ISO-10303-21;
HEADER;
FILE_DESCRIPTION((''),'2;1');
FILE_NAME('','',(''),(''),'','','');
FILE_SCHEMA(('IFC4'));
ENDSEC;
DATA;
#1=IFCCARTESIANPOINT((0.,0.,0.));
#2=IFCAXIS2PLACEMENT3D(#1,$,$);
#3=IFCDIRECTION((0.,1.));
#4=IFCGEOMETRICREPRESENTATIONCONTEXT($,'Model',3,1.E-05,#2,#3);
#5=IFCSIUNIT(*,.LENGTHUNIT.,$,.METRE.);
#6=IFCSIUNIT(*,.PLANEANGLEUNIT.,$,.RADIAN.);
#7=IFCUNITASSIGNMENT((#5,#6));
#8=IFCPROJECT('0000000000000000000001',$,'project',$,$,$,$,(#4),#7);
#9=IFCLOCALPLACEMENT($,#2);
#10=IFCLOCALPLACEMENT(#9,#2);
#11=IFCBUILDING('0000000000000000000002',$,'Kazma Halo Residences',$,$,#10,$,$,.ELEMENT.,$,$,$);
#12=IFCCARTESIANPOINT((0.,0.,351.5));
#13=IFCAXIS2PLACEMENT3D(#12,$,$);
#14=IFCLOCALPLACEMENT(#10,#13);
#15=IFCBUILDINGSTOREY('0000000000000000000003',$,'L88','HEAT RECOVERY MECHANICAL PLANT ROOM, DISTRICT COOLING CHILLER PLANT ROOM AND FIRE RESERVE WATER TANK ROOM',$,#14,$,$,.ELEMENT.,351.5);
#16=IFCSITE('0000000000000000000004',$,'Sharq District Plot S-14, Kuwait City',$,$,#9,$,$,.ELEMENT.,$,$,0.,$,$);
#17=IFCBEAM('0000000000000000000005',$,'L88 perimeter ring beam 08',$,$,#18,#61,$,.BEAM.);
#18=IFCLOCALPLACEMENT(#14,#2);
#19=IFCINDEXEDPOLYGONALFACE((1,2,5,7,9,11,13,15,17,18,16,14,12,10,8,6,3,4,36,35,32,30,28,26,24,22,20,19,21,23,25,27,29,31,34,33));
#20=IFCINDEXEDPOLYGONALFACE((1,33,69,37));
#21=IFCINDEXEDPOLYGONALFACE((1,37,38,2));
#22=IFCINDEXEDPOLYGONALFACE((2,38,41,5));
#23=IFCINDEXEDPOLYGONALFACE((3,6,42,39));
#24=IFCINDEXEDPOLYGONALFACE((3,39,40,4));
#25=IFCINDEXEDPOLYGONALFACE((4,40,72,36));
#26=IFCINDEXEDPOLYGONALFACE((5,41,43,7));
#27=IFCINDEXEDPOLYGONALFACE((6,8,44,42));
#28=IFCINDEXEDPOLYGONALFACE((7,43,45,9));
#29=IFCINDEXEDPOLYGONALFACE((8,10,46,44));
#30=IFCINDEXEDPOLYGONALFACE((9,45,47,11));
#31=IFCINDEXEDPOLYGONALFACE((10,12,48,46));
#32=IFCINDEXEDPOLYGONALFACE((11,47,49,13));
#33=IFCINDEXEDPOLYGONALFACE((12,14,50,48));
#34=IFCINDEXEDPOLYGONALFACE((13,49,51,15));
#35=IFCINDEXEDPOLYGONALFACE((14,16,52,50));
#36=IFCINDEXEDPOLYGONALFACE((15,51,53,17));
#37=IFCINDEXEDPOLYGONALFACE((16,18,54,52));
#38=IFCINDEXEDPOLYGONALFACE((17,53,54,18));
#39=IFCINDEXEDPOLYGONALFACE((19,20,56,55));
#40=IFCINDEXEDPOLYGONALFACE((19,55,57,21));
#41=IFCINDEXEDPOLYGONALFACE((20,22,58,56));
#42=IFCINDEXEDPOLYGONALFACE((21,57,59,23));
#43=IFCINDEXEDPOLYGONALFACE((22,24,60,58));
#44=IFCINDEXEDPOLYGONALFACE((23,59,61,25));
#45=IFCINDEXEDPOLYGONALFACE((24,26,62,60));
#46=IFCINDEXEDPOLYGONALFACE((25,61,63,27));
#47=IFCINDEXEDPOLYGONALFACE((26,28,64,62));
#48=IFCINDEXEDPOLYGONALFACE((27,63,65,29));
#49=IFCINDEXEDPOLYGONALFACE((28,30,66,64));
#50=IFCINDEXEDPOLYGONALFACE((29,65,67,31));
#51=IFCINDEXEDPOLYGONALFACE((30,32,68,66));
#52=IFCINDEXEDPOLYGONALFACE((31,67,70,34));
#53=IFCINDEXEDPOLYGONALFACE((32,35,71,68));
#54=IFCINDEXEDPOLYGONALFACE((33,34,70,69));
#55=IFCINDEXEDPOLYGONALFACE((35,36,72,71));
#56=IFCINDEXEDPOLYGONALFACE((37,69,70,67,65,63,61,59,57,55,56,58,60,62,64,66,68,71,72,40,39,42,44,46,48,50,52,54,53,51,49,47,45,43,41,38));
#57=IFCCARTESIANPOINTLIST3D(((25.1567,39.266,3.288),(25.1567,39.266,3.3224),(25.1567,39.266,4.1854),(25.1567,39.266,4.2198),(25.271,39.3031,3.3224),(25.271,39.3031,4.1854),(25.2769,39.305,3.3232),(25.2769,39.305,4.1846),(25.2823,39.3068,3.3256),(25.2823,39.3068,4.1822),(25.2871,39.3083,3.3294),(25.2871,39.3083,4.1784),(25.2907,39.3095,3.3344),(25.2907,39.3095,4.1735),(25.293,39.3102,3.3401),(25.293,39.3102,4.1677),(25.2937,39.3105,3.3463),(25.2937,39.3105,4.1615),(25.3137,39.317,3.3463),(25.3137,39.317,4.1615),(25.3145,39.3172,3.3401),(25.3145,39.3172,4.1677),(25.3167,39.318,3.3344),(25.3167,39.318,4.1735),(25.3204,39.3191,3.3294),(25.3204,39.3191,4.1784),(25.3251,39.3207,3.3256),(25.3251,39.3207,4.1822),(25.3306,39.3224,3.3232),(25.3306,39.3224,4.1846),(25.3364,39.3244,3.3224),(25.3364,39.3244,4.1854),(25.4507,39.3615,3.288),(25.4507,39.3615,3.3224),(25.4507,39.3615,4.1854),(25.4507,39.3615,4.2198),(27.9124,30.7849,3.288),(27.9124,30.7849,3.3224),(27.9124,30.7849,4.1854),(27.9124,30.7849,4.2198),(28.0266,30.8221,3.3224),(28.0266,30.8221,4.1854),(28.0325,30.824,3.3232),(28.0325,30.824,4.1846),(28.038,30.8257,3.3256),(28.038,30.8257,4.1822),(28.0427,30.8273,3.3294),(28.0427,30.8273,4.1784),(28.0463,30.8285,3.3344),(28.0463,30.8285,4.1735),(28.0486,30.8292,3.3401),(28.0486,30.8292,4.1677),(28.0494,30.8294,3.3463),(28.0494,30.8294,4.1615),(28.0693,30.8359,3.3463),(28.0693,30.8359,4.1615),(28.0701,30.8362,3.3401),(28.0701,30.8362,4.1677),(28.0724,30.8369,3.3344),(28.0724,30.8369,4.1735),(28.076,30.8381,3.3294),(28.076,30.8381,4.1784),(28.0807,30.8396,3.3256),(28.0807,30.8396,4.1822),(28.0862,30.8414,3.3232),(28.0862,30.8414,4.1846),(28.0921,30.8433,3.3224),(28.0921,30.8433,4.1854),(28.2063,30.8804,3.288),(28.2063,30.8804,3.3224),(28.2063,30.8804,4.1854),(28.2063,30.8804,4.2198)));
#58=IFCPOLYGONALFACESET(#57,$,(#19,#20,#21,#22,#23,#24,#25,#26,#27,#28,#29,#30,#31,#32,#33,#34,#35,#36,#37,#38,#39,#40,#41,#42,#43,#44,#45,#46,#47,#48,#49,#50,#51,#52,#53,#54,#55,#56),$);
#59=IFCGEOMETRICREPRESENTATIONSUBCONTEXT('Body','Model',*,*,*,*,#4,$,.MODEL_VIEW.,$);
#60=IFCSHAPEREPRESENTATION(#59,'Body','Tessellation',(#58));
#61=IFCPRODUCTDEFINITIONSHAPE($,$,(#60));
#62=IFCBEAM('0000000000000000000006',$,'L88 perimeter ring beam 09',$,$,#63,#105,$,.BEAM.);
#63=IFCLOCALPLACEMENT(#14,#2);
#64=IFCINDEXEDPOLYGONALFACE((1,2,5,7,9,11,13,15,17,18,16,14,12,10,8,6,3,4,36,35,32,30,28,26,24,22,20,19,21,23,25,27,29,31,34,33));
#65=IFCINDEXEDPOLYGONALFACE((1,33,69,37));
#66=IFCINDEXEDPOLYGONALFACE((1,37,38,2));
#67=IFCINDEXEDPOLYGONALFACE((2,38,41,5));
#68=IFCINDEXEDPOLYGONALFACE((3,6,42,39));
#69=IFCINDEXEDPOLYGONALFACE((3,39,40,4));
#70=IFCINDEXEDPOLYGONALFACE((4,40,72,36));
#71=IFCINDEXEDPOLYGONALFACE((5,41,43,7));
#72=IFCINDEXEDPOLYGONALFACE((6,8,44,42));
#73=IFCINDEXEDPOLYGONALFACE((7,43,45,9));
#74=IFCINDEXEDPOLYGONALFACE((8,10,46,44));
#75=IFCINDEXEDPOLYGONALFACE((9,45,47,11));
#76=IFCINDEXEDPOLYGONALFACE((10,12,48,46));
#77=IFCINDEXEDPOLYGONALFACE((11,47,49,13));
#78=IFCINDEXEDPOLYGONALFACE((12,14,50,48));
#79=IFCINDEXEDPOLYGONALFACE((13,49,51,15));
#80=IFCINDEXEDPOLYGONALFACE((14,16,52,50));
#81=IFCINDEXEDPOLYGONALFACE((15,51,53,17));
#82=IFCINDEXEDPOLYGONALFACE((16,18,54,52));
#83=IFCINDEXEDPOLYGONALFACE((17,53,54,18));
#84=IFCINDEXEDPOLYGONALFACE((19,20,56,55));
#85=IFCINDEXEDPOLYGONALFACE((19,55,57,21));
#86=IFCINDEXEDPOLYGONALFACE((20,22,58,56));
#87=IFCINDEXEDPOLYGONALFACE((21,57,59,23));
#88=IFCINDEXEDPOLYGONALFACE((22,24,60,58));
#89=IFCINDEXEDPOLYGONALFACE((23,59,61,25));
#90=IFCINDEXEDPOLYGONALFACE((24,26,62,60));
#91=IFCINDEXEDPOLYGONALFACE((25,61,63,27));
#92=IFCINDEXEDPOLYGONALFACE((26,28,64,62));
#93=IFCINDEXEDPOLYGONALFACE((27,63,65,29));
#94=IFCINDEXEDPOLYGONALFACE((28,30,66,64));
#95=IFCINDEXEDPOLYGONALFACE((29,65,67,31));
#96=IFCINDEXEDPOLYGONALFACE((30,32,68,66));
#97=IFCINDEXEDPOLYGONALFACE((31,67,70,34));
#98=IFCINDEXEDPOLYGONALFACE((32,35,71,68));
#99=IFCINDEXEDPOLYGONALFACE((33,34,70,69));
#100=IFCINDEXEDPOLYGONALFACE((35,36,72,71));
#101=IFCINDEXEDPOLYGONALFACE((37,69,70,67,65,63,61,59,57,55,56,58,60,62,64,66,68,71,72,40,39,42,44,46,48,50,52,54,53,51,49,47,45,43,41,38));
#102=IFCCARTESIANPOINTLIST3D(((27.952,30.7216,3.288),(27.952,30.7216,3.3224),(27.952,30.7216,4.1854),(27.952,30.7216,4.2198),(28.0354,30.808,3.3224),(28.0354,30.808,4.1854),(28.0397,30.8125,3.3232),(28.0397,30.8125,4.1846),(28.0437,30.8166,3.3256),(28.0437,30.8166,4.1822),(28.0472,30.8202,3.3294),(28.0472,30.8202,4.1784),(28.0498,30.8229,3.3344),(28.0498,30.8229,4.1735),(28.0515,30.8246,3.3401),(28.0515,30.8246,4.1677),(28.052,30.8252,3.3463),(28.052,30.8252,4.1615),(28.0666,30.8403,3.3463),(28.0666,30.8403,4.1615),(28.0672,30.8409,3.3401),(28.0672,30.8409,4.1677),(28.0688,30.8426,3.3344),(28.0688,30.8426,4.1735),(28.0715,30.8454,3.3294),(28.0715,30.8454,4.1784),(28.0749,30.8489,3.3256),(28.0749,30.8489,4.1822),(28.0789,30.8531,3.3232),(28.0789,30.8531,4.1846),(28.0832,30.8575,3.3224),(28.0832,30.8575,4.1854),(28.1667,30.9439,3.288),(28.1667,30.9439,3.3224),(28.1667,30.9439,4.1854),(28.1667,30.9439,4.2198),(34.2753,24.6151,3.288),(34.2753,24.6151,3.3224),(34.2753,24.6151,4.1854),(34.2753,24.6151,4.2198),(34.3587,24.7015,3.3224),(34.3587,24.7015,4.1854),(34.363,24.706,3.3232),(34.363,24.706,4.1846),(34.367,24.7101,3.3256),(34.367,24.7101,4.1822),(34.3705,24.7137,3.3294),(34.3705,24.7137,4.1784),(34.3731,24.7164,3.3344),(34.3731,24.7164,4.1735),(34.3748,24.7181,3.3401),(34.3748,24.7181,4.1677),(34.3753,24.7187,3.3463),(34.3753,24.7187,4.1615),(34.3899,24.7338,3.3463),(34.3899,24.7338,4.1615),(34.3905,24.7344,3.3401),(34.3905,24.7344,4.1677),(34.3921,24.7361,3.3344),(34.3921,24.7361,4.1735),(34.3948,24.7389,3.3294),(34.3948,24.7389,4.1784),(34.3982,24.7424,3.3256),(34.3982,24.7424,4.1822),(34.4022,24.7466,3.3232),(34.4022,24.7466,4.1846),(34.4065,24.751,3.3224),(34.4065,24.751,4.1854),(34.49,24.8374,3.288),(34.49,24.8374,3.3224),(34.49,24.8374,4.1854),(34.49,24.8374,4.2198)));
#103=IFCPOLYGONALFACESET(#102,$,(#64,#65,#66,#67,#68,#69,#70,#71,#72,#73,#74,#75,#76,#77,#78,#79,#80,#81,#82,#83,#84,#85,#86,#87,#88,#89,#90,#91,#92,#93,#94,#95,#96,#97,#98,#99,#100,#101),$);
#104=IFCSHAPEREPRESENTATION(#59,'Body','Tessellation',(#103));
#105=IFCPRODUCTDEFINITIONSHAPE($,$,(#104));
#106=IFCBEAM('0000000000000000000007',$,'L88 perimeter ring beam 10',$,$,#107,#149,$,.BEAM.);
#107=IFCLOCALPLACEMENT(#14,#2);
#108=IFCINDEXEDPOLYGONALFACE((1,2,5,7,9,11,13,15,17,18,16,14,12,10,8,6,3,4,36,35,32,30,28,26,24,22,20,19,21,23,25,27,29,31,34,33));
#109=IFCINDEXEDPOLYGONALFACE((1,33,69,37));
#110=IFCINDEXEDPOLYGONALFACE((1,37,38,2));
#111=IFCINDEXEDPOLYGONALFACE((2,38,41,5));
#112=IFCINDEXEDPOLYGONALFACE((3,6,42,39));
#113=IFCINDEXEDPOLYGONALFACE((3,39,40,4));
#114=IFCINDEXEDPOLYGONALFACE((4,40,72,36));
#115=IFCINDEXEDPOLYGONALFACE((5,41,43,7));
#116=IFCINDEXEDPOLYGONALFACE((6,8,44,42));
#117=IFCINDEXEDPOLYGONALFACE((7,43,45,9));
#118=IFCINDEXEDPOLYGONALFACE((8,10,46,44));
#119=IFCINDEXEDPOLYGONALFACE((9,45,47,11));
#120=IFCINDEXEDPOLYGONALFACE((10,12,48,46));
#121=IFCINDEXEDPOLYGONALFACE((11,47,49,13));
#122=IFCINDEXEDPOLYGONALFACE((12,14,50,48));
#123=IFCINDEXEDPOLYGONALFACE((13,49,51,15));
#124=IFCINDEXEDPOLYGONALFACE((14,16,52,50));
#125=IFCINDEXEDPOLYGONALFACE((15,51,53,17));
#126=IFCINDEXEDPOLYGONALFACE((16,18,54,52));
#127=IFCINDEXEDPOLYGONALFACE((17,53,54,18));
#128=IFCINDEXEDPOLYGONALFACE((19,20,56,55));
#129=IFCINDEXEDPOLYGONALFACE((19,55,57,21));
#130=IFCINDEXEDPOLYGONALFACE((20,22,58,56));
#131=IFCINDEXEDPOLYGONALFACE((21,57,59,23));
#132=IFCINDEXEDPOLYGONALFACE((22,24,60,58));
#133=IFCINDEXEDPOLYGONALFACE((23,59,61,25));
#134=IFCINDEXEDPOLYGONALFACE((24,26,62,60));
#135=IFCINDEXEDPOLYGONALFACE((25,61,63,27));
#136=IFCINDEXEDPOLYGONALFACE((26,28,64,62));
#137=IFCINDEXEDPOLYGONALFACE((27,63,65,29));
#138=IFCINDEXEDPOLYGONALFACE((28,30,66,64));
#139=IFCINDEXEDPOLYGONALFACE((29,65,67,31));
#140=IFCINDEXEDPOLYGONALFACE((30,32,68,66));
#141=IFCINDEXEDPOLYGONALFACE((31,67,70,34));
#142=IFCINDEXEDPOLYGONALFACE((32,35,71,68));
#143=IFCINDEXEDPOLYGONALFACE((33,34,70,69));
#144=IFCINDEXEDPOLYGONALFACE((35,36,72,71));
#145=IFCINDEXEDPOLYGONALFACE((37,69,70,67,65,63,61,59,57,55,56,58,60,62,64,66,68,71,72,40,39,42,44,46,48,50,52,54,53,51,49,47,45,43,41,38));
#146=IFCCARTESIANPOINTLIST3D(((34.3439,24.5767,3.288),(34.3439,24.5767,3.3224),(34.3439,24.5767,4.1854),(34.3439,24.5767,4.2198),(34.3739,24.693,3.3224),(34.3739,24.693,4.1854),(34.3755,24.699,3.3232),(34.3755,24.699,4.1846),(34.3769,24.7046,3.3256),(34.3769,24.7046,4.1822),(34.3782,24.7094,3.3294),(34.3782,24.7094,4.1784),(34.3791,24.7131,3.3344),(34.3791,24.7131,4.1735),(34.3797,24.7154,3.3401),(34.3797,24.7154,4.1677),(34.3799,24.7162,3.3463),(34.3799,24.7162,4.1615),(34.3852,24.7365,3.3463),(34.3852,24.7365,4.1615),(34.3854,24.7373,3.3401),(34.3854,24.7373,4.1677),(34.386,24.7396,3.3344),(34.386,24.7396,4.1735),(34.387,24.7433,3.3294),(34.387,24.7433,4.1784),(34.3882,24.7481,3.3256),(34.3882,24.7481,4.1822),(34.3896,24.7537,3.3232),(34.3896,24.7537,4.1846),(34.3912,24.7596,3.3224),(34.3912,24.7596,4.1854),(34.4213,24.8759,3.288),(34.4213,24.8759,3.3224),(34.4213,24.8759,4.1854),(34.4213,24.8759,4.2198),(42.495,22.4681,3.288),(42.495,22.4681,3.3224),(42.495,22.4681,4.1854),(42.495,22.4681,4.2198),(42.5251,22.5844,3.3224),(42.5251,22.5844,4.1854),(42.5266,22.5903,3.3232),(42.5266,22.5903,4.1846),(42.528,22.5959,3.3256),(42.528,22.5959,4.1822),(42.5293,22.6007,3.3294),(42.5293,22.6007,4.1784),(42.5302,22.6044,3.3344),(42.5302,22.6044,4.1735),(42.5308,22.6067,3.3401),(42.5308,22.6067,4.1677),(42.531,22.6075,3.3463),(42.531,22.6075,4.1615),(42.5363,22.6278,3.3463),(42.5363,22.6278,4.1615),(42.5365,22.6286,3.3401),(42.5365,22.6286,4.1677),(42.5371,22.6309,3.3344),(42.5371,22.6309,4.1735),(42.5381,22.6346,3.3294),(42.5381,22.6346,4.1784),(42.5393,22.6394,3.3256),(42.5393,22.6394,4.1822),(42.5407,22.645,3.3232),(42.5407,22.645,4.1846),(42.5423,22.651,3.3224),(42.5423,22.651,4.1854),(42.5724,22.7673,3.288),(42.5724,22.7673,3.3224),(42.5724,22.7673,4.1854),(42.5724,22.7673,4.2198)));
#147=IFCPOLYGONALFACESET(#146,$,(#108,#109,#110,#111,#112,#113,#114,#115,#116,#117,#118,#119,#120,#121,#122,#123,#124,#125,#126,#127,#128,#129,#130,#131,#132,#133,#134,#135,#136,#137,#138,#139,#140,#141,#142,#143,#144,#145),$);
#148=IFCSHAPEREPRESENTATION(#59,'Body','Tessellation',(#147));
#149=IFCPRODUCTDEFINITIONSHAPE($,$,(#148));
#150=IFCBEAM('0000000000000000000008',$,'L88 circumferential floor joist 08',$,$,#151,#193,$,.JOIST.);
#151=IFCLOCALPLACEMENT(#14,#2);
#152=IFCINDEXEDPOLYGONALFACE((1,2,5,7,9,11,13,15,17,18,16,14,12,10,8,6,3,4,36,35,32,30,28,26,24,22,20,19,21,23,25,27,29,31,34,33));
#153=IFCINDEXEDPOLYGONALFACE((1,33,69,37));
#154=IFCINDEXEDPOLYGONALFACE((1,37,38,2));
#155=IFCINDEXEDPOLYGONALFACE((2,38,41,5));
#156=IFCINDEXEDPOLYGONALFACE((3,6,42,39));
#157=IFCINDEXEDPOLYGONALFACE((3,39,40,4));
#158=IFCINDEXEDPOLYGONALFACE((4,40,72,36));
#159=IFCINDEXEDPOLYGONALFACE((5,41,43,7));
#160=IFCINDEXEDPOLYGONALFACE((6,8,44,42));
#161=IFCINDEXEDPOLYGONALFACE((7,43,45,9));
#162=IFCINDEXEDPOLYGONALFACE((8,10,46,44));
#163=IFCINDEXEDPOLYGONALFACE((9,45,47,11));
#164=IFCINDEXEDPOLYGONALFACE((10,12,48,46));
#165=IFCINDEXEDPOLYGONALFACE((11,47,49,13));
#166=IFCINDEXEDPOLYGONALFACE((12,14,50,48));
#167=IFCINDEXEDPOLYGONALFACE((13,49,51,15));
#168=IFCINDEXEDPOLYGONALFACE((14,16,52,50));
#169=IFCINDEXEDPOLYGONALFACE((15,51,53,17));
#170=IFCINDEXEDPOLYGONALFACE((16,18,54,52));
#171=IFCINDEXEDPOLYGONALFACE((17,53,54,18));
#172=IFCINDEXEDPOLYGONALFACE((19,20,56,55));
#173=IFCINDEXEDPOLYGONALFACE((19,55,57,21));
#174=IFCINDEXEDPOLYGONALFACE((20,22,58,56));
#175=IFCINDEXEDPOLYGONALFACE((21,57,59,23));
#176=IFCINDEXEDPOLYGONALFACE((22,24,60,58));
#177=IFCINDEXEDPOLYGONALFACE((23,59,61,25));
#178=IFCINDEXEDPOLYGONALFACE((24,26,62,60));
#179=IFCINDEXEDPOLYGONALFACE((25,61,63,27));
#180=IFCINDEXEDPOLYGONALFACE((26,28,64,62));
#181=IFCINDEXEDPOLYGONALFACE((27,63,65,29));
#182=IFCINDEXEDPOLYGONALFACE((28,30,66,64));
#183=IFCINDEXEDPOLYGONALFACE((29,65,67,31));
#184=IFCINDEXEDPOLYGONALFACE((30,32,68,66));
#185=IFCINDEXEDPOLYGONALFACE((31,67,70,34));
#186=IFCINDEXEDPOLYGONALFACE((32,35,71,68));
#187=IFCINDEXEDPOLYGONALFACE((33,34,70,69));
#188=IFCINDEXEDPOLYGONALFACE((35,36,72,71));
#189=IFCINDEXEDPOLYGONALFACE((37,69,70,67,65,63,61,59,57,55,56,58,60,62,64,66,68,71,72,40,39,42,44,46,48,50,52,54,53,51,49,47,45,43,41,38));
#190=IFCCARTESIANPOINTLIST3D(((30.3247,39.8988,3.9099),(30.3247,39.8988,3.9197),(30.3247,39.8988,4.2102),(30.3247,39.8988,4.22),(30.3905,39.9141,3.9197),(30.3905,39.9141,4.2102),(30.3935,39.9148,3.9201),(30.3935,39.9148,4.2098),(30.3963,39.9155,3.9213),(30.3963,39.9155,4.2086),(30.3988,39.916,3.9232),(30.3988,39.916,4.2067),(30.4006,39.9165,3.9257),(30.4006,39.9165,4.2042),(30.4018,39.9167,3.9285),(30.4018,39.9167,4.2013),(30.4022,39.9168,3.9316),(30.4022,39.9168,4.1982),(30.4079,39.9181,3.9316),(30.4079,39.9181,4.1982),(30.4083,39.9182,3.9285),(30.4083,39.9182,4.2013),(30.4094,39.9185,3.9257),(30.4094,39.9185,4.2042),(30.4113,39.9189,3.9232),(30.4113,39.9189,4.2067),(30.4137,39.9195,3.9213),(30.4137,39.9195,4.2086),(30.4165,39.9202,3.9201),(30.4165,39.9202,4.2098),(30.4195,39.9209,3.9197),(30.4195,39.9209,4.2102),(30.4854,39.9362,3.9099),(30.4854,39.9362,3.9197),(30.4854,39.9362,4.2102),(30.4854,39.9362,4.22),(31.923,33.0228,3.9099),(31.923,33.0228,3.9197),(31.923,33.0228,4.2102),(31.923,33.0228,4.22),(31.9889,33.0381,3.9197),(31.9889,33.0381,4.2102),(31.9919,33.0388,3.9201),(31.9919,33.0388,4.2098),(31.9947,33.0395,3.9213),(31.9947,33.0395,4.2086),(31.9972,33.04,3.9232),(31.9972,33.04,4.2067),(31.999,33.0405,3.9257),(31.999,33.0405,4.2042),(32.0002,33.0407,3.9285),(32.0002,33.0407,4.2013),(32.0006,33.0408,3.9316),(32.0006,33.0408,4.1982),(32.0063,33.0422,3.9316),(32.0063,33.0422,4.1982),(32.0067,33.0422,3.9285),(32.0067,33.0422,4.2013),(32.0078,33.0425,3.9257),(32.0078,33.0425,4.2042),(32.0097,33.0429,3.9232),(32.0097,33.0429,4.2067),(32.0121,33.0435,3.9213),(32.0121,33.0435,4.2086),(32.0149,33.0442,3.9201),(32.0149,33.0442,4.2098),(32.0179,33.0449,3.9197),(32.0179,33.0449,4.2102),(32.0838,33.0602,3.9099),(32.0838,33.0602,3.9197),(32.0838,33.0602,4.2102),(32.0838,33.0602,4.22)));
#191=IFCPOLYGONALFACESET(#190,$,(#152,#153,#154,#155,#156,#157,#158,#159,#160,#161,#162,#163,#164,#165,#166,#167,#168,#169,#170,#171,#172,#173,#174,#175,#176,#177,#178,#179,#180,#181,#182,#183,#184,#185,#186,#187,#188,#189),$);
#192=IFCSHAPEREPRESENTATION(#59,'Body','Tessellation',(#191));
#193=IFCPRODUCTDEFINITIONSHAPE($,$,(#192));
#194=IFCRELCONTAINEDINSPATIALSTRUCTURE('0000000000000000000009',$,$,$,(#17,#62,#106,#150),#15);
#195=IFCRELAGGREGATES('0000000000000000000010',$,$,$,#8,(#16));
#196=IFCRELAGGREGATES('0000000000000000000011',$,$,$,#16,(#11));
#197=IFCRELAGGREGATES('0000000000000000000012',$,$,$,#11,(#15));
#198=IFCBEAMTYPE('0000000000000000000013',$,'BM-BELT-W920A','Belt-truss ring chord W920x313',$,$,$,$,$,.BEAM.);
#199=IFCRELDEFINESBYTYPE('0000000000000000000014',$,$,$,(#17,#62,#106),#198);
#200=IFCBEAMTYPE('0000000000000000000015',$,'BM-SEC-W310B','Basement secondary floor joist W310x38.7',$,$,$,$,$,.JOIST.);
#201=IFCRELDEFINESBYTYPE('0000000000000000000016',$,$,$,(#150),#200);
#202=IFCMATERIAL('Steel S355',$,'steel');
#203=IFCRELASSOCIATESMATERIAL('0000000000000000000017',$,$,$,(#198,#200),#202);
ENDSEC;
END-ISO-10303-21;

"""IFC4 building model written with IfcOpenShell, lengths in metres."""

from ifc_helpers import new_model, si_unit, direction, frame, origin, origin_2d, place, context, subcontext, project, spatial, i_section, extrude, material, material_profile, profile_set, type_object, element, save


model = new_model("IFC4")

# Units and contexts
model_context = context("Model", 3, precision=1e-05, world=origin(), true_north=direction((0.0, 1.0)))
body_context = subcontext(model_context, "Body", "Model", "MODEL_VIEW")
ifc_project = project(units=[si_unit("LENGTHUNIT", "METRE"), si_unit("PLANEANGLEUNIT", "RADIAN")], contexts=[model_context])

# Site, building, storey
site_placement = place(None, origin())
site = spatial("IfcSite", under=ifc_project, at=site_placement, Name="Sharq District Plot S-14, Kuwait City", CompositionType="ELEMENT", RefElevation=0.0)
building_placement = place(site_placement, origin())
building = spatial("IfcBuilding", under=site, at=building_placement, Name="Kazma Halo Residences", CompositionType="ELEMENT")
storey_placement = place(building_placement, frame((0.0, 0.0, 351.5)))
storey = spatial("IfcBuildingStorey", under=building, at=storey_placement, Name="L88", Description="HEAT RECOVERY MECHANICAL PLANT ROOM, DISTRICT COOLING CHILLER PLANT ROOM AND FIRE RESERVE WATER TANK ROOM", CompositionType="ELEMENT", Elevation=351.5)

# Shared definitions
ifc_material_1 = material(Name="Steel S355", Category="steel")

# Beams
ifc_material_profile_1 = material_profile(ifc_material_1, i_section(OverallWidth=0.3091, OverallDepth=0.9319, WebThickness=0.021, FlangeThickness=0.0344, FilletRadius=0.0239, at=origin_2d()), Name="W920x313")
ifc_profile_set_1 = profile_set([ifc_material_profile_1], Name="Steel S355")
beam_type_1 = type_object("IfcBeamType", Name="BM-BELT-W920A", Description="Belt-truss ring chord W920x313", PredefinedType="BEAM", material=ifc_profile_set_1)
beam_1_placement = place(storey_placement, frame((25.3037, 39.3137, 3.7539), z_axis=(0.309015, -0.951057, 0.0), x_axis=(0.951057, 0.309015, 0.0)))
element("IfcBeam", 1, at=beam_1_placement, inside=storey, type_object=beam_type_1, Name="L88 perimeter ring beam 08", PredefinedType="BEAM", context=body_context, shape_type="SweptSolid", body=[
    extrude(i_section(OverallWidth=0.3091, OverallDepth=0.9319, WebThickness=0.021, FlangeThickness=0.0344, FilletRadius=0.0239, at=origin_2d()), origin(), (0.0, 0.0, 1.0), 8.9175),
])
beam_2_placement = place(storey_placement, frame((28.0593, 30.8328, 3.7539), z_axis=(0.719331, -0.694668, 0.0), x_axis=(0.694668, 0.719331, 0.0)))
element("IfcBeam", 2, at=beam_2_placement, inside=storey, type_object=beam_type_1, Name="L88 perimeter ring beam 09", PredefinedType="BEAM", context=body_context, shape_type="SweptSolid", body=[
    extrude(i_section(OverallWidth=0.3091, OverallDepth=0.9319, WebThickness=0.021, FlangeThickness=0.0344, FilletRadius=0.0239, at=origin_2d()), origin(), (0.0, 0.0, 1.0), 8.7905),
])
beam_3_placement = place(storey_placement, frame((34.3826, 24.7263, 3.7539), z_axis=(0.96813, -0.250449, 0.0), x_axis=(0.250449, 0.96813, 0.0)))
element("IfcBeam", 3, at=beam_3_placement, inside=storey, type_object=beam_type_1, Name="L88 perimeter ring beam 10", PredefinedType="BEAM", context=body_context, shape_type="SweptSolid", body=[
    extrude(i_section(OverallWidth=0.3091, OverallDepth=0.9319, WebThickness=0.021, FlangeThickness=0.0344, FilletRadius=0.0239, at=origin_2d()), origin(), (0.0, 0.0, 1.0), 8.4194),
])
ifc_material_profile_2 = material_profile(ifc_material_1, i_section(OverallWidth=0.165, OverallDepth=0.3101, WebThickness=0.0059, FlangeThickness=0.0098, FilletRadius=0.012, at=origin_2d()), Name="W310x38.7")
ifc_profile_set_2 = profile_set([ifc_material_profile_2], Name="Steel S355")
beam_type_2 = type_object("IfcBeamType", Name="BM-SEC-W310B", Description="Basement secondary floor joist W310x38.7", PredefinedType="JOIST", material=ifc_profile_set_2)
beam_4_placement = place(storey_placement, frame((30.405, 39.9175, 4.0649), z_axis=(0.226423, -0.974029, 0.0), x_axis=(0.974029, 0.226423, 0.0)))
element("IfcBeam", 4, at=beam_4_placement, inside=storey, type_object=beam_type_2, Name="L88 circumferential floor joist 08", PredefinedType="JOIST", context=body_context, shape_type="SweptSolid", body=[
    extrude(i_section(OverallWidth=0.165, OverallDepth=0.3101, WebThickness=0.0059, FlangeThickness=0.0098, FilletRadius=0.012, at=origin_2d()), origin(), (0.0, 0.0, 1.0), 7.0593),
])

save(model, "model.ifc")
